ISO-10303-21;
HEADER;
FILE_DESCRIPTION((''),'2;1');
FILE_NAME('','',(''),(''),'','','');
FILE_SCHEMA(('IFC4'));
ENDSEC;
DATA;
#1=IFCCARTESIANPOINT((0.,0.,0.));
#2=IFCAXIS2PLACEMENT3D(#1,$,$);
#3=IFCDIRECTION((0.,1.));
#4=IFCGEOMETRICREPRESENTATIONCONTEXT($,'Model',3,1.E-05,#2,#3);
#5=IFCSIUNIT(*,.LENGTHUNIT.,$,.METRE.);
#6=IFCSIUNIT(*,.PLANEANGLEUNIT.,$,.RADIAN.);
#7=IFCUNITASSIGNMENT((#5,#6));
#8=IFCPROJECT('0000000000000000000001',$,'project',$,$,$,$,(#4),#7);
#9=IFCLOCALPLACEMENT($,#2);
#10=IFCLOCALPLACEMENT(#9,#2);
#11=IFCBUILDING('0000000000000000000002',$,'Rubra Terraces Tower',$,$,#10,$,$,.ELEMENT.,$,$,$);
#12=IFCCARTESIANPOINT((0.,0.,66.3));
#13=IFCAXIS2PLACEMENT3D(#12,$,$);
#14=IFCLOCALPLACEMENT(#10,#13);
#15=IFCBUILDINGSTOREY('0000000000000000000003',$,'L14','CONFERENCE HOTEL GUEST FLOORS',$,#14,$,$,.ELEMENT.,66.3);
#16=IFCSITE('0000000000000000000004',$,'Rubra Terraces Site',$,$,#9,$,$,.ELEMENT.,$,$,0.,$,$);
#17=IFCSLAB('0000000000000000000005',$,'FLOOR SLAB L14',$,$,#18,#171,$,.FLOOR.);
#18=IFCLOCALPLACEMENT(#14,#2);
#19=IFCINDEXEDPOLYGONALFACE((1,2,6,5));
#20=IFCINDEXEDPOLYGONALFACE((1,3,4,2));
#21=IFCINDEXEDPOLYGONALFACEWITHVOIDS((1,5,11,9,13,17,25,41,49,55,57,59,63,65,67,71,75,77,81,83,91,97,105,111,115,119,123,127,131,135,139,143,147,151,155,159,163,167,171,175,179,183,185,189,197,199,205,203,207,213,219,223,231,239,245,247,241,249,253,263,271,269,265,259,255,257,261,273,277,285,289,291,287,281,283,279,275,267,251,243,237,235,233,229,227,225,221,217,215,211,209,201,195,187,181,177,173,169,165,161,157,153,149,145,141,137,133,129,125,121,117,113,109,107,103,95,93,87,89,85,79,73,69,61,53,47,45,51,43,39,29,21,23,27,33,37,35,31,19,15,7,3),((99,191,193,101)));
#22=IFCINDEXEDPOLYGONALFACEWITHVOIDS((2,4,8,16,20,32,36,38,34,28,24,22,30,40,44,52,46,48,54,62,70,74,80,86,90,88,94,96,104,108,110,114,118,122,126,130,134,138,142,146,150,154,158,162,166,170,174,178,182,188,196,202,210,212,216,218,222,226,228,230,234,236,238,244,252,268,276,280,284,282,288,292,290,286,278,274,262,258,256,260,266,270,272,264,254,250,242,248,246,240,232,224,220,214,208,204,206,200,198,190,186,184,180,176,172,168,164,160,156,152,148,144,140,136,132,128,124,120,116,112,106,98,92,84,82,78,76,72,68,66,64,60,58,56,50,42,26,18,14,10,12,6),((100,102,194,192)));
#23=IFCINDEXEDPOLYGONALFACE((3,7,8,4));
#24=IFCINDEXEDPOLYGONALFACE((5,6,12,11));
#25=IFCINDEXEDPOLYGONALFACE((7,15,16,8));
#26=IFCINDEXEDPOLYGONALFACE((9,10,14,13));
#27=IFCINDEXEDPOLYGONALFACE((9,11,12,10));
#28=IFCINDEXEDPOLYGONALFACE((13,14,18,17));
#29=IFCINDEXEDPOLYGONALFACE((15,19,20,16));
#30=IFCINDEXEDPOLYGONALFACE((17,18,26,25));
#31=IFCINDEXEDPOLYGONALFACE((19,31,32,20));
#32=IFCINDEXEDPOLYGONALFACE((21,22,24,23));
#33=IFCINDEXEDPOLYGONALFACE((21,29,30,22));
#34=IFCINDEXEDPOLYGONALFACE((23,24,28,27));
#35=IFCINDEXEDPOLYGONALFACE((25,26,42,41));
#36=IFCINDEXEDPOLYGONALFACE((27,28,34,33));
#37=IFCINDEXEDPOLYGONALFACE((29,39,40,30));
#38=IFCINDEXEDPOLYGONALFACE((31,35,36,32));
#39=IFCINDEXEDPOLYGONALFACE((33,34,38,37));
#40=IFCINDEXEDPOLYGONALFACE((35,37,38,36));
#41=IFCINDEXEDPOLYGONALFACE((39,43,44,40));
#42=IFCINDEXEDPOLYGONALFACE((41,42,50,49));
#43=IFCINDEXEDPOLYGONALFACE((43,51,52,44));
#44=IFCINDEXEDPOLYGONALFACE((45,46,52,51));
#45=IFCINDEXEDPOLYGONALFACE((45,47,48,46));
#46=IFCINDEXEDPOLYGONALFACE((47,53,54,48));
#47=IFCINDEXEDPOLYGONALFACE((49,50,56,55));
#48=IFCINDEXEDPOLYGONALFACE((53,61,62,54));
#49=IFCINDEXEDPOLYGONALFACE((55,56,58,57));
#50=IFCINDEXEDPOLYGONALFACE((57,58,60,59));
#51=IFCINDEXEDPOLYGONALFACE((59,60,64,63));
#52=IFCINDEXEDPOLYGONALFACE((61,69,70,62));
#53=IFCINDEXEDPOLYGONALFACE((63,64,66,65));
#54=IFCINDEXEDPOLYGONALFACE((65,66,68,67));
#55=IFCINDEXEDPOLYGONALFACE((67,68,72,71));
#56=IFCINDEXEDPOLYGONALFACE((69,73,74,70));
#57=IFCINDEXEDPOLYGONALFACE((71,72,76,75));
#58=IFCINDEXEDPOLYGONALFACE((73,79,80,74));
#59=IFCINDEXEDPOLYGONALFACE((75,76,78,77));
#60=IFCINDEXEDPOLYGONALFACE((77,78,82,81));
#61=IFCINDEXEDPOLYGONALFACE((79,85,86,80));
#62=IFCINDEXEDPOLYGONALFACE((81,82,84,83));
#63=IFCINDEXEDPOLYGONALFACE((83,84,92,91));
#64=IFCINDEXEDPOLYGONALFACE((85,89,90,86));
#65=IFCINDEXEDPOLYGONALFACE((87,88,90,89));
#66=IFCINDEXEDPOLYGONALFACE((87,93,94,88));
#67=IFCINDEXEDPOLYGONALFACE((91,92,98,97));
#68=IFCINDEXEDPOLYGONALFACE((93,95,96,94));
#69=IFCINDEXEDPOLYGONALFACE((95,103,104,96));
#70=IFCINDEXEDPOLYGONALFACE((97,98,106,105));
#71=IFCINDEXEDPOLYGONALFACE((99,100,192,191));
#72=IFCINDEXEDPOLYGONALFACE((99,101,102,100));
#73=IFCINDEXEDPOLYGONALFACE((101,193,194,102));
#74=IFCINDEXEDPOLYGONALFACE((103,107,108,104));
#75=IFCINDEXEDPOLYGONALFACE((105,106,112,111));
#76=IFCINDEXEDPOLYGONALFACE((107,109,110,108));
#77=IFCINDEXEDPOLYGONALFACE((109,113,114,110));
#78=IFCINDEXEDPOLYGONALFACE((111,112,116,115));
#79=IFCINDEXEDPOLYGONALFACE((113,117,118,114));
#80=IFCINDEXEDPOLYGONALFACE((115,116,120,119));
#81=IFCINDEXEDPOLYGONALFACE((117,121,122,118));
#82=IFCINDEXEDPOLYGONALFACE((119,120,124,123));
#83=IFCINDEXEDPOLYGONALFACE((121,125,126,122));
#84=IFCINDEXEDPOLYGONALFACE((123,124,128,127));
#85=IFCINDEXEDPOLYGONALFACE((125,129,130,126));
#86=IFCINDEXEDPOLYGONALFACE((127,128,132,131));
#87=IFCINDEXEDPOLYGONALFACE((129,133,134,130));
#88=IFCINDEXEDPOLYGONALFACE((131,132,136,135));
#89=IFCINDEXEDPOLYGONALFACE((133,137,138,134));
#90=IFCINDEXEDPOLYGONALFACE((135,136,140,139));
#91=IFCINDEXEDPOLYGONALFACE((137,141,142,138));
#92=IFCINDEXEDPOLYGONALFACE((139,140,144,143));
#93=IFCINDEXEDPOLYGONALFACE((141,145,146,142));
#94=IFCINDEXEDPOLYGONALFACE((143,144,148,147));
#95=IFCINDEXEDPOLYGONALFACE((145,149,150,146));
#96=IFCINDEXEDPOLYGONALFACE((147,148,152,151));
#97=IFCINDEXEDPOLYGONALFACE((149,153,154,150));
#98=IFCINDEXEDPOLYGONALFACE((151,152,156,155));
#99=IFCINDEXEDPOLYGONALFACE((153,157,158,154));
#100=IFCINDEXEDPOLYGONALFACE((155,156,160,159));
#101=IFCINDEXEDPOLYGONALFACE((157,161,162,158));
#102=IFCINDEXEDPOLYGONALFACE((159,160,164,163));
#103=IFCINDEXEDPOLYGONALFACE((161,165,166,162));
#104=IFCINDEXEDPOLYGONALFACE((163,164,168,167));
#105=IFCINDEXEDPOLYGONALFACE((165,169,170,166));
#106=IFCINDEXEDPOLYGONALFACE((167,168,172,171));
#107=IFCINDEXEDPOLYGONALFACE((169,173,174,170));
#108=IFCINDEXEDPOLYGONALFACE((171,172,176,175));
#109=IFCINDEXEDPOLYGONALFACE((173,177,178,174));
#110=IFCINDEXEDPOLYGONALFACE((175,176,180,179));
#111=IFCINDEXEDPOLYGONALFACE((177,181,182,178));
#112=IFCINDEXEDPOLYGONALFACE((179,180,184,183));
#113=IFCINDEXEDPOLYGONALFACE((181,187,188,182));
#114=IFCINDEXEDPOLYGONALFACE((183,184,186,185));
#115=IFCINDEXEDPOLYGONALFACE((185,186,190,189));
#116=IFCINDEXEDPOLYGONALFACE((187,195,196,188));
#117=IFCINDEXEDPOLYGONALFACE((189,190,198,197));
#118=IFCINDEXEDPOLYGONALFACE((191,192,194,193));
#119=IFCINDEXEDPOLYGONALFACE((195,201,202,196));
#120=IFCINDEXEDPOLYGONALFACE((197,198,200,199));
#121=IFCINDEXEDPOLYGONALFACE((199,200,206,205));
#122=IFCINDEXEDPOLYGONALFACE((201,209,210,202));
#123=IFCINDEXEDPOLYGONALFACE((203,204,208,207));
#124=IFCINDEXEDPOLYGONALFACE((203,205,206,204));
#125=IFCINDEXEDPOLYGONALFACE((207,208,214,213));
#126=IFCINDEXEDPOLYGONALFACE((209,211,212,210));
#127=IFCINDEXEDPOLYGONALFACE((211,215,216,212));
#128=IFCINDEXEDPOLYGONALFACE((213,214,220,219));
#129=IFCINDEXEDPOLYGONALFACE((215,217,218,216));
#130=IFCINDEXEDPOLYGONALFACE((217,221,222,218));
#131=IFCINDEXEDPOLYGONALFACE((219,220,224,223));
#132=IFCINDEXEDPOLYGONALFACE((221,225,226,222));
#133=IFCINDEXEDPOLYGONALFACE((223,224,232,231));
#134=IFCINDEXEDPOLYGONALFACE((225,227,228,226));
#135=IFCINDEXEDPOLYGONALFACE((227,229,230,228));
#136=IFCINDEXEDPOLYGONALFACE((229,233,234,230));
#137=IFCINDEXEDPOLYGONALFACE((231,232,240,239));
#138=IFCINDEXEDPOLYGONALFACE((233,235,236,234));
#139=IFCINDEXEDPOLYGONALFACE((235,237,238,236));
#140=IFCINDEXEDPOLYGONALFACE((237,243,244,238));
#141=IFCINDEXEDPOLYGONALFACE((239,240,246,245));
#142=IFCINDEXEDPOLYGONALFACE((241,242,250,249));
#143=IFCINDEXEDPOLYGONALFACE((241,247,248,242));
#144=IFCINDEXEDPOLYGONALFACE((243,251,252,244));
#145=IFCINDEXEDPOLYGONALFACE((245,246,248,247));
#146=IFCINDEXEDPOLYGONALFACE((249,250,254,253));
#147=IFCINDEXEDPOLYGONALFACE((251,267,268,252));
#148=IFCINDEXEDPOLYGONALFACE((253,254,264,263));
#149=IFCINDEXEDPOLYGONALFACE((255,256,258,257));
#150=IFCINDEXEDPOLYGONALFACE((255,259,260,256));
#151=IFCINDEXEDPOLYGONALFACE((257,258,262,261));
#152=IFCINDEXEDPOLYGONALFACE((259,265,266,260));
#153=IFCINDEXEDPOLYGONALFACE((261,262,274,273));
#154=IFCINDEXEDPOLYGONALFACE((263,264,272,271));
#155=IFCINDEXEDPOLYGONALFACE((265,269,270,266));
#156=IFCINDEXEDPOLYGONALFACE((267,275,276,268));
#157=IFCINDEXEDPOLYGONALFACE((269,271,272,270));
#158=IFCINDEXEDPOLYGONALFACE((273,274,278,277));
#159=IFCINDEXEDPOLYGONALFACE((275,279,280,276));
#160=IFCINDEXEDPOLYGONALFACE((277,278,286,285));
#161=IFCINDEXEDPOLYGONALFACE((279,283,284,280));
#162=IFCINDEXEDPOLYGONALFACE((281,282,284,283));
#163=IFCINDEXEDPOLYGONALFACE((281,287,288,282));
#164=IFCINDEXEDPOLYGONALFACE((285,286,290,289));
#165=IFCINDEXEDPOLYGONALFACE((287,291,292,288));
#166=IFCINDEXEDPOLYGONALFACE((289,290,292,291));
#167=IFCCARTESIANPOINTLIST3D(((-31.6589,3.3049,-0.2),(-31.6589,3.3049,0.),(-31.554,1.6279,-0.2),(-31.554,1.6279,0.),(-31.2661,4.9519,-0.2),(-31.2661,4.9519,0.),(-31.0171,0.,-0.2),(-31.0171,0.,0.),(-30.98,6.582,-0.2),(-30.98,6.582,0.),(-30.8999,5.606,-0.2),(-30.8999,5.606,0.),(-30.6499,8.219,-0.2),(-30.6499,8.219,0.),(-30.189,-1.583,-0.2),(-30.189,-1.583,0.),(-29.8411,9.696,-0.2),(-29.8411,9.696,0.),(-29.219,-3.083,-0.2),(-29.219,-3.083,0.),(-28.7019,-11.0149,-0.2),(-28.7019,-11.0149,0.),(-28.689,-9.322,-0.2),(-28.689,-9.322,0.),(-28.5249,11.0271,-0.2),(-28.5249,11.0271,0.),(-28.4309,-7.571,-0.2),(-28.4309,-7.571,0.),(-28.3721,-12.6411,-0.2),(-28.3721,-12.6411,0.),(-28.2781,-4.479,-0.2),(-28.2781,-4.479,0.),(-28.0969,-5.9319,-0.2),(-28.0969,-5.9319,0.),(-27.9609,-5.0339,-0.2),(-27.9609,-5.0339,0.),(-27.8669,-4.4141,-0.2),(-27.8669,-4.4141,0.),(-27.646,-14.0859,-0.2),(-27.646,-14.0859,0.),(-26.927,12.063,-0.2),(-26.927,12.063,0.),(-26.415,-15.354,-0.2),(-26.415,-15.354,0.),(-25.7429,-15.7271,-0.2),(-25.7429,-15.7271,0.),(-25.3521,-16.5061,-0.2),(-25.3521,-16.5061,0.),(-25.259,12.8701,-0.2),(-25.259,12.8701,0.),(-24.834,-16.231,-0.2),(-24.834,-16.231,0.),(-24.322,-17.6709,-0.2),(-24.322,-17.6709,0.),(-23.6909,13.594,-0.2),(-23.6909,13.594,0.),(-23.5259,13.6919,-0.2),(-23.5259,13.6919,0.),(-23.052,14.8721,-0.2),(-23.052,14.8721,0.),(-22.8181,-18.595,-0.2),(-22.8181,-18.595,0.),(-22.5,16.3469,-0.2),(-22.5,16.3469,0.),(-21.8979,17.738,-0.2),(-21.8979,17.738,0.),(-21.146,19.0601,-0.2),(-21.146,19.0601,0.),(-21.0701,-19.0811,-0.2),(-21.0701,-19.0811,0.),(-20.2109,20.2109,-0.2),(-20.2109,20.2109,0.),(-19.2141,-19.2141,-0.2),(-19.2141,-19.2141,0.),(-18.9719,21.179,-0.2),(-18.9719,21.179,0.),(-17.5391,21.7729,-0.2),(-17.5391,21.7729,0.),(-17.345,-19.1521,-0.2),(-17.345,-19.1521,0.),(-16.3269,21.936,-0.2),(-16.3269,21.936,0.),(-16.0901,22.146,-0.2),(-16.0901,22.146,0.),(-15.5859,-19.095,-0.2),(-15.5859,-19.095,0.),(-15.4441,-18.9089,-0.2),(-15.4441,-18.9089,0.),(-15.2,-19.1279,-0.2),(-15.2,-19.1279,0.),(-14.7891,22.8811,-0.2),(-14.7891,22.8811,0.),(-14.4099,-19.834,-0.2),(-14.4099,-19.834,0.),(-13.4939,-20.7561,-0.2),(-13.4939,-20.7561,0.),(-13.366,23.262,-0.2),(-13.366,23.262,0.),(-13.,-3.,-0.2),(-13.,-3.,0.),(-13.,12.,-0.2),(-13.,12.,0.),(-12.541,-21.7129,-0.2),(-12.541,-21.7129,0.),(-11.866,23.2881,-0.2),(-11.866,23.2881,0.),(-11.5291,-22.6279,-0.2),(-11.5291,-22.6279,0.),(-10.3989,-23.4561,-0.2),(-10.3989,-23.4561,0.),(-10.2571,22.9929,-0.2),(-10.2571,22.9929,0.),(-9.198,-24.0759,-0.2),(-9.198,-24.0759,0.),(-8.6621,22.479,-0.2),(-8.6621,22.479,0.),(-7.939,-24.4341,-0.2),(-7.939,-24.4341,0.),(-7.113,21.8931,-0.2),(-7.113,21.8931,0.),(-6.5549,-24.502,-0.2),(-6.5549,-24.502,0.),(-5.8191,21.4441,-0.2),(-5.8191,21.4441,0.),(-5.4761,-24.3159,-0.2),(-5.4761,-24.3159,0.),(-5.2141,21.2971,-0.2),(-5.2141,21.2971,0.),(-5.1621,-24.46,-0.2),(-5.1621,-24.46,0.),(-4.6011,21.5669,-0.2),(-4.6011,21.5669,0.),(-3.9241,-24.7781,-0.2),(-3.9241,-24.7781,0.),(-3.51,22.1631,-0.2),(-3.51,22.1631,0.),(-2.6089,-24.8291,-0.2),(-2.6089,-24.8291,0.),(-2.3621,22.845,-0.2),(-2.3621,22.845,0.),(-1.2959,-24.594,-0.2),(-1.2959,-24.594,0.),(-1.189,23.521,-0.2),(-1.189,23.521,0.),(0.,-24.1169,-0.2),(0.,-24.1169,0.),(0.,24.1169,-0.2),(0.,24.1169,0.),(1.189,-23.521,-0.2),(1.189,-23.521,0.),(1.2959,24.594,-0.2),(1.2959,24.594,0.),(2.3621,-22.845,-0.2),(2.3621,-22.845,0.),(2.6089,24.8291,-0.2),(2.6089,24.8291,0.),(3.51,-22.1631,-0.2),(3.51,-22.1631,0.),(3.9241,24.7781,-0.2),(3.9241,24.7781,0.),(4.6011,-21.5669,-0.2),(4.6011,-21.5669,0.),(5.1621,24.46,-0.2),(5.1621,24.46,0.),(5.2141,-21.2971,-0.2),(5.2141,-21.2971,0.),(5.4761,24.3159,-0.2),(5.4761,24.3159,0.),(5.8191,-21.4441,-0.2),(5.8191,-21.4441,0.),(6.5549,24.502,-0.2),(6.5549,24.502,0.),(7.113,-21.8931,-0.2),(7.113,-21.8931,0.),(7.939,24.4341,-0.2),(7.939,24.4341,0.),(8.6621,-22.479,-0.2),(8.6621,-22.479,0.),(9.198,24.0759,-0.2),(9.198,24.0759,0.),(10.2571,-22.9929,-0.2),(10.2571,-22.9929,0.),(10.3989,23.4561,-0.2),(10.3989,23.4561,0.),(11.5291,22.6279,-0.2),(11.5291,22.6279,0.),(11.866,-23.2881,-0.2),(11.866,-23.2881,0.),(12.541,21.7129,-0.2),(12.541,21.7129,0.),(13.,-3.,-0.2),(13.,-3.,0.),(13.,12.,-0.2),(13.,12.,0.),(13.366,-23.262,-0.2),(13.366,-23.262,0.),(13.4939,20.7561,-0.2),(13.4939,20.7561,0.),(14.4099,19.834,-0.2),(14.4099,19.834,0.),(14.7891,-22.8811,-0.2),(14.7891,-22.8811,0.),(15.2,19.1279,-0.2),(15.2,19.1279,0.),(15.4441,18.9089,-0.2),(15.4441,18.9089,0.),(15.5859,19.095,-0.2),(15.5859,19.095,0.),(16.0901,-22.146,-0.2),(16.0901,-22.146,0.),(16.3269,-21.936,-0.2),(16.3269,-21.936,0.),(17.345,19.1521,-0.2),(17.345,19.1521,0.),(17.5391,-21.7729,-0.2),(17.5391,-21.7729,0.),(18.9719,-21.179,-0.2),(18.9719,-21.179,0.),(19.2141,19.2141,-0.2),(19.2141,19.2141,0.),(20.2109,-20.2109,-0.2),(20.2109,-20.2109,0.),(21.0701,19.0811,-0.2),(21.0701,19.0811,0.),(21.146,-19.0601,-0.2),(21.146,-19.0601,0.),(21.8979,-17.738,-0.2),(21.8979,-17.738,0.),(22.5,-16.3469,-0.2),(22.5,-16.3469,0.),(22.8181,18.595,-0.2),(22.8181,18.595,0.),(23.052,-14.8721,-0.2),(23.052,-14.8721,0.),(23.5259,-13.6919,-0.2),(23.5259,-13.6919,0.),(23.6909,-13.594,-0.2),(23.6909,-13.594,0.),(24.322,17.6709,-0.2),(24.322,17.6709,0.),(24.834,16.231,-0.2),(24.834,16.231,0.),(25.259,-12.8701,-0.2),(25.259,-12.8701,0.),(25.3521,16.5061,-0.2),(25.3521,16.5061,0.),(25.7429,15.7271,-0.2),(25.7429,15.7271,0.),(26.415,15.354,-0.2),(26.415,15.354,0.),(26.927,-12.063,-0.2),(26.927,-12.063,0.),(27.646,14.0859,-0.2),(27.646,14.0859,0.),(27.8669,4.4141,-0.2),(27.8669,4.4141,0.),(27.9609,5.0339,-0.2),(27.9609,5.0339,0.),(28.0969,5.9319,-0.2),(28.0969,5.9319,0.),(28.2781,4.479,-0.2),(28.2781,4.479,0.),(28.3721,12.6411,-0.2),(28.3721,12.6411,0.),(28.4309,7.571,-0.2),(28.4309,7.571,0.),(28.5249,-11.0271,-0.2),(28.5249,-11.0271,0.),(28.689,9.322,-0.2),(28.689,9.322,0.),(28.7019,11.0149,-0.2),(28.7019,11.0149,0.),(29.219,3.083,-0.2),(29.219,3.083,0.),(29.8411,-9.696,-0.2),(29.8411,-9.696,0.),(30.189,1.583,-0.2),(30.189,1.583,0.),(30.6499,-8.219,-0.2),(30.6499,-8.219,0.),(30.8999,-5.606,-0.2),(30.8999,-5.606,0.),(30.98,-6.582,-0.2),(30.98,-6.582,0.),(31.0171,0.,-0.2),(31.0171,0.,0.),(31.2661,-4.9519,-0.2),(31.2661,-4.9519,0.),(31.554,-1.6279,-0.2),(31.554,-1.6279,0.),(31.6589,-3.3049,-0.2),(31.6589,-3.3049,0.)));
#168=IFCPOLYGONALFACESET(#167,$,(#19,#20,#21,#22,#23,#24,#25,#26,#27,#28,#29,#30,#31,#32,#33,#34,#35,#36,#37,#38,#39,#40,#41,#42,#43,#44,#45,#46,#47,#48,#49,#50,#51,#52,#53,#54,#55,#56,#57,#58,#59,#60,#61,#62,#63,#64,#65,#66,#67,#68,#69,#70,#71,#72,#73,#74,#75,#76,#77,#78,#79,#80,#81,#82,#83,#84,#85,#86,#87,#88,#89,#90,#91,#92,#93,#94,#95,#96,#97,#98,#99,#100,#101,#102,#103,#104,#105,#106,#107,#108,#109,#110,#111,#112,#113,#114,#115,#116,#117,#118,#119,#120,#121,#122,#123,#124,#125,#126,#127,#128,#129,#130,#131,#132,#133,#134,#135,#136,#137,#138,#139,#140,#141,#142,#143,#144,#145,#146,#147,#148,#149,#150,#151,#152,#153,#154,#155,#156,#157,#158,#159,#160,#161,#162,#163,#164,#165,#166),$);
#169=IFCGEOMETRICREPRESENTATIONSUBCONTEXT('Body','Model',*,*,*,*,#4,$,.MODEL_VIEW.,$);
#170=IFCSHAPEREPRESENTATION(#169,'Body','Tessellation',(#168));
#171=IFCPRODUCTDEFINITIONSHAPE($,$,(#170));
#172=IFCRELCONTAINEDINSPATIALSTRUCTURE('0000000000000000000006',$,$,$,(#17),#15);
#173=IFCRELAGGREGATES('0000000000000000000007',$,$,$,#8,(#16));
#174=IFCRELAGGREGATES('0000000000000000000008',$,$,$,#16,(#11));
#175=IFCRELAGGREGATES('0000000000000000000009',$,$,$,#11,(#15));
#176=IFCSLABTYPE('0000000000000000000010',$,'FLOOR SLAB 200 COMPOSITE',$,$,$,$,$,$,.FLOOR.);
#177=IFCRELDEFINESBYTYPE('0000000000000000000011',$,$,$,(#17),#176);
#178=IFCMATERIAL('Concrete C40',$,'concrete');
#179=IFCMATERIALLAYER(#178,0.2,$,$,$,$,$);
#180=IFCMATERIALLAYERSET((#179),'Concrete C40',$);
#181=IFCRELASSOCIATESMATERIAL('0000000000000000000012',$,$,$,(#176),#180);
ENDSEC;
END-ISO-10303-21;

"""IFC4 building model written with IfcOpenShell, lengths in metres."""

from ifc_helpers import new_model, si_unit, direction, frame, origin, place, context, subcontext, project, spatial, polyline, outline, extrude, material, layer, layer_set, type_object, element, save


model = new_model("IFC4")

# Units and contexts
model_context = context("Model", 3, precision=1e-05, world=origin(), true_north=direction((0.0, 1.0)))
body_context = subcontext(model_context, "Body", "Model", "MODEL_VIEW")
ifc_project = project(units=[si_unit("LENGTHUNIT", "METRE"), si_unit("PLANEANGLEUNIT", "RADIAN")], contexts=[model_context])

# Site, building, storey
site_placement = place(None, origin())
site = spatial("IfcSite", under=ifc_project, at=site_placement, Name="Rubra Terraces Site", CompositionType="ELEMENT", RefElevation=0.0)
building_placement = place(site_placement, origin())
building = spatial("IfcBuilding", under=site, at=building_placement, Name="Rubra Terraces Tower", CompositionType="ELEMENT")
storey_placement = place(building_placement, frame((0.0, 0.0, 66.3)))
storey = spatial("IfcBuildingStorey", under=building, at=storey_placement, Name="L14", Description="CONFERENCE HOTEL GUEST FLOORS", CompositionType="ELEMENT", Elevation=66.3)

# Shared definitions
ifc_material_1 = material(Name="Concrete C40", Category="concrete")

# Slab
ifc_layer_1 = layer(ifc_material_1, 0.2)
ifc_layer_set_1 = layer_set([ifc_layer_1], Name="Concrete C40")
slab_type_1 = type_object("IfcSlabType", Name="FLOOR SLAB 200 COMPOSITE", PredefinedType="FLOOR", material=ifc_layer_set_1)
slab_1_placement = place(storey_placement, frame((0.0, 0.0, -0.2)))
element("IfcSlab", 1, at=slab_1_placement, inside=storey, type_object=slab_type_1, Name="FLOOR SLAB L14", PredefinedType="FLOOR", context=body_context, shape_type="SweptSolid", body=[
    extrude(outline(polyline([(16.0901, -22.146), (16.3269, -21.936), (17.5391, -21.7729), (18.9719, -21.179), (20.2109, -20.2109), (21.146, -19.0601), (21.8979, -17.738), (22.5, -16.3469), (23.052, -14.8721), (23.5259, -13.6919), (22.3391, -14.396), (23.6909, -13.594), (25.259, -12.8701), (26.927, -12.063), (28.5249, -11.0271), (29.8411, -9.696), (30.6499, -8.219), (30.98, -6.582), (30.8999, -5.606), (31.2661, -4.9519), (31.6589, -3.3049), (31.554, -1.6279), (31.0171, 0.0), (30.189, 1.583), (29.219, 3.083), (28.2781, 4.479), (27.9609, 5.0339), (27.8669, 4.4141), (28.0969, 5.9319), (28.4309, 7.571), (28.689, 9.322), (28.7019, 11.0149), (28.3721, 12.6411), (27.646, 14.0859), (26.415, 15.354), (24.834, 16.231), (25.7429, 15.7271), (25.3521, 16.5061), (24.322, 17.6709), (22.8181, 18.595), (21.0701, 19.0811), (19.2141, 19.2141), (17.345, 19.1521), (15.5859, 19.095), (15.2, 19.1279), (15.4441, 18.9089), (14.4099, 19.834), (13.4939, 20.7561), (12.541, 21.7129), (11.5291, 22.6279), (10.3989, 23.4561), (9.198, 24.0759), (7.939, 24.4341), (6.5549, 24.502), (5.4761, 24.3159), (5.1621, 24.46), (3.9241, 24.7781), (2.6089, 24.8291), (1.2959, 24.594), (0.0, 24.1169), (-1.189, 23.521), (-2.3621, 22.845), (-3.51, 22.1631), (-4.6011, 21.5669), (-5.2141, 21.2971), (-5.8191, 21.4441), (-7.113, 21.8931), (-8.6621, 22.479), (-10.2571, 22.9929), (-11.866, 23.2881), (-13.366, 23.262), (-14.7891, 22.8811), (-16.0901, 22.146), (-16.3269, 21.936), (-17.5391, 21.7729), (-18.9719, 21.179), (-20.2109, 20.2109), (-21.146, 19.0601), (-21.8979, 17.738), (-22.5, 16.3469), (-23.052, 14.8721), (-23.5259, 13.6919), (-22.3391, 14.396), (-23.6909, 13.594), (-25.259, 12.8701), (-26.927, 12.063), (-28.5249, 11.0271), (-29.8411, 9.696), (-30.6499, 8.219), (-30.98, 6.582), (-30.8999, 5.606), (-31.2661, 4.9519), (-31.6589, 3.3049), (-31.554, 1.6279), (-31.0171, 0.0), (-30.189, -1.583), (-29.219, -3.083), (-28.2781, -4.479), (-27.9609, -5.0339), (-27.8669, -4.4141), (-28.0969, -5.9319), (-28.4309, -7.571), (-28.689, -9.322), (-28.7019, -11.0149), (-28.3721, -12.6411), (-27.646, -14.0859), (-26.415, -15.354), (-24.834, -16.231), (-25.7429, -15.7271), (-25.3521, -16.5061), (-24.322, -17.6709), (-22.8181, -18.595), (-21.0701, -19.0811), (-19.2141, -19.2141), (-17.345, -19.1521), (-15.5859, -19.095), (-15.2, -19.1279), (-15.4441, -18.9089), (-14.4099, -19.834), (-13.4939, -20.7561), (-12.541, -21.7129), (-11.5291, -22.6279), (-10.3989, -23.4561), (-9.198, -24.0759), (-7.939, -24.4341), (-6.5549, -24.502), (-5.4761, -24.3159), (-5.1621, -24.46), (-3.9241, -24.7781), (-2.6089, -24.8291), (-1.2959, -24.594), (0.0, -24.1169), (1.189, -23.521), (2.3621, -22.845), (3.51, -22.1631), (4.6011, -21.5669), (5.2141, -21.2971), (5.8191, -21.4441), (7.113, -21.8931), (8.6621, -22.479), (10.2571, -22.9929), (11.866, -23.2881), (13.366, -23.262), (14.7891, -22.8811), (16.0901, -22.146)]), holes=[polyline([(13.0, 12.0), (13.0, -3.0), (-13.0, -3.0), (-13.0, 12.0), (13.0, 12.0)])]), origin(), (0.0, 0.0, 1.0), 0.2),
])

save(model, "model.ifc")
